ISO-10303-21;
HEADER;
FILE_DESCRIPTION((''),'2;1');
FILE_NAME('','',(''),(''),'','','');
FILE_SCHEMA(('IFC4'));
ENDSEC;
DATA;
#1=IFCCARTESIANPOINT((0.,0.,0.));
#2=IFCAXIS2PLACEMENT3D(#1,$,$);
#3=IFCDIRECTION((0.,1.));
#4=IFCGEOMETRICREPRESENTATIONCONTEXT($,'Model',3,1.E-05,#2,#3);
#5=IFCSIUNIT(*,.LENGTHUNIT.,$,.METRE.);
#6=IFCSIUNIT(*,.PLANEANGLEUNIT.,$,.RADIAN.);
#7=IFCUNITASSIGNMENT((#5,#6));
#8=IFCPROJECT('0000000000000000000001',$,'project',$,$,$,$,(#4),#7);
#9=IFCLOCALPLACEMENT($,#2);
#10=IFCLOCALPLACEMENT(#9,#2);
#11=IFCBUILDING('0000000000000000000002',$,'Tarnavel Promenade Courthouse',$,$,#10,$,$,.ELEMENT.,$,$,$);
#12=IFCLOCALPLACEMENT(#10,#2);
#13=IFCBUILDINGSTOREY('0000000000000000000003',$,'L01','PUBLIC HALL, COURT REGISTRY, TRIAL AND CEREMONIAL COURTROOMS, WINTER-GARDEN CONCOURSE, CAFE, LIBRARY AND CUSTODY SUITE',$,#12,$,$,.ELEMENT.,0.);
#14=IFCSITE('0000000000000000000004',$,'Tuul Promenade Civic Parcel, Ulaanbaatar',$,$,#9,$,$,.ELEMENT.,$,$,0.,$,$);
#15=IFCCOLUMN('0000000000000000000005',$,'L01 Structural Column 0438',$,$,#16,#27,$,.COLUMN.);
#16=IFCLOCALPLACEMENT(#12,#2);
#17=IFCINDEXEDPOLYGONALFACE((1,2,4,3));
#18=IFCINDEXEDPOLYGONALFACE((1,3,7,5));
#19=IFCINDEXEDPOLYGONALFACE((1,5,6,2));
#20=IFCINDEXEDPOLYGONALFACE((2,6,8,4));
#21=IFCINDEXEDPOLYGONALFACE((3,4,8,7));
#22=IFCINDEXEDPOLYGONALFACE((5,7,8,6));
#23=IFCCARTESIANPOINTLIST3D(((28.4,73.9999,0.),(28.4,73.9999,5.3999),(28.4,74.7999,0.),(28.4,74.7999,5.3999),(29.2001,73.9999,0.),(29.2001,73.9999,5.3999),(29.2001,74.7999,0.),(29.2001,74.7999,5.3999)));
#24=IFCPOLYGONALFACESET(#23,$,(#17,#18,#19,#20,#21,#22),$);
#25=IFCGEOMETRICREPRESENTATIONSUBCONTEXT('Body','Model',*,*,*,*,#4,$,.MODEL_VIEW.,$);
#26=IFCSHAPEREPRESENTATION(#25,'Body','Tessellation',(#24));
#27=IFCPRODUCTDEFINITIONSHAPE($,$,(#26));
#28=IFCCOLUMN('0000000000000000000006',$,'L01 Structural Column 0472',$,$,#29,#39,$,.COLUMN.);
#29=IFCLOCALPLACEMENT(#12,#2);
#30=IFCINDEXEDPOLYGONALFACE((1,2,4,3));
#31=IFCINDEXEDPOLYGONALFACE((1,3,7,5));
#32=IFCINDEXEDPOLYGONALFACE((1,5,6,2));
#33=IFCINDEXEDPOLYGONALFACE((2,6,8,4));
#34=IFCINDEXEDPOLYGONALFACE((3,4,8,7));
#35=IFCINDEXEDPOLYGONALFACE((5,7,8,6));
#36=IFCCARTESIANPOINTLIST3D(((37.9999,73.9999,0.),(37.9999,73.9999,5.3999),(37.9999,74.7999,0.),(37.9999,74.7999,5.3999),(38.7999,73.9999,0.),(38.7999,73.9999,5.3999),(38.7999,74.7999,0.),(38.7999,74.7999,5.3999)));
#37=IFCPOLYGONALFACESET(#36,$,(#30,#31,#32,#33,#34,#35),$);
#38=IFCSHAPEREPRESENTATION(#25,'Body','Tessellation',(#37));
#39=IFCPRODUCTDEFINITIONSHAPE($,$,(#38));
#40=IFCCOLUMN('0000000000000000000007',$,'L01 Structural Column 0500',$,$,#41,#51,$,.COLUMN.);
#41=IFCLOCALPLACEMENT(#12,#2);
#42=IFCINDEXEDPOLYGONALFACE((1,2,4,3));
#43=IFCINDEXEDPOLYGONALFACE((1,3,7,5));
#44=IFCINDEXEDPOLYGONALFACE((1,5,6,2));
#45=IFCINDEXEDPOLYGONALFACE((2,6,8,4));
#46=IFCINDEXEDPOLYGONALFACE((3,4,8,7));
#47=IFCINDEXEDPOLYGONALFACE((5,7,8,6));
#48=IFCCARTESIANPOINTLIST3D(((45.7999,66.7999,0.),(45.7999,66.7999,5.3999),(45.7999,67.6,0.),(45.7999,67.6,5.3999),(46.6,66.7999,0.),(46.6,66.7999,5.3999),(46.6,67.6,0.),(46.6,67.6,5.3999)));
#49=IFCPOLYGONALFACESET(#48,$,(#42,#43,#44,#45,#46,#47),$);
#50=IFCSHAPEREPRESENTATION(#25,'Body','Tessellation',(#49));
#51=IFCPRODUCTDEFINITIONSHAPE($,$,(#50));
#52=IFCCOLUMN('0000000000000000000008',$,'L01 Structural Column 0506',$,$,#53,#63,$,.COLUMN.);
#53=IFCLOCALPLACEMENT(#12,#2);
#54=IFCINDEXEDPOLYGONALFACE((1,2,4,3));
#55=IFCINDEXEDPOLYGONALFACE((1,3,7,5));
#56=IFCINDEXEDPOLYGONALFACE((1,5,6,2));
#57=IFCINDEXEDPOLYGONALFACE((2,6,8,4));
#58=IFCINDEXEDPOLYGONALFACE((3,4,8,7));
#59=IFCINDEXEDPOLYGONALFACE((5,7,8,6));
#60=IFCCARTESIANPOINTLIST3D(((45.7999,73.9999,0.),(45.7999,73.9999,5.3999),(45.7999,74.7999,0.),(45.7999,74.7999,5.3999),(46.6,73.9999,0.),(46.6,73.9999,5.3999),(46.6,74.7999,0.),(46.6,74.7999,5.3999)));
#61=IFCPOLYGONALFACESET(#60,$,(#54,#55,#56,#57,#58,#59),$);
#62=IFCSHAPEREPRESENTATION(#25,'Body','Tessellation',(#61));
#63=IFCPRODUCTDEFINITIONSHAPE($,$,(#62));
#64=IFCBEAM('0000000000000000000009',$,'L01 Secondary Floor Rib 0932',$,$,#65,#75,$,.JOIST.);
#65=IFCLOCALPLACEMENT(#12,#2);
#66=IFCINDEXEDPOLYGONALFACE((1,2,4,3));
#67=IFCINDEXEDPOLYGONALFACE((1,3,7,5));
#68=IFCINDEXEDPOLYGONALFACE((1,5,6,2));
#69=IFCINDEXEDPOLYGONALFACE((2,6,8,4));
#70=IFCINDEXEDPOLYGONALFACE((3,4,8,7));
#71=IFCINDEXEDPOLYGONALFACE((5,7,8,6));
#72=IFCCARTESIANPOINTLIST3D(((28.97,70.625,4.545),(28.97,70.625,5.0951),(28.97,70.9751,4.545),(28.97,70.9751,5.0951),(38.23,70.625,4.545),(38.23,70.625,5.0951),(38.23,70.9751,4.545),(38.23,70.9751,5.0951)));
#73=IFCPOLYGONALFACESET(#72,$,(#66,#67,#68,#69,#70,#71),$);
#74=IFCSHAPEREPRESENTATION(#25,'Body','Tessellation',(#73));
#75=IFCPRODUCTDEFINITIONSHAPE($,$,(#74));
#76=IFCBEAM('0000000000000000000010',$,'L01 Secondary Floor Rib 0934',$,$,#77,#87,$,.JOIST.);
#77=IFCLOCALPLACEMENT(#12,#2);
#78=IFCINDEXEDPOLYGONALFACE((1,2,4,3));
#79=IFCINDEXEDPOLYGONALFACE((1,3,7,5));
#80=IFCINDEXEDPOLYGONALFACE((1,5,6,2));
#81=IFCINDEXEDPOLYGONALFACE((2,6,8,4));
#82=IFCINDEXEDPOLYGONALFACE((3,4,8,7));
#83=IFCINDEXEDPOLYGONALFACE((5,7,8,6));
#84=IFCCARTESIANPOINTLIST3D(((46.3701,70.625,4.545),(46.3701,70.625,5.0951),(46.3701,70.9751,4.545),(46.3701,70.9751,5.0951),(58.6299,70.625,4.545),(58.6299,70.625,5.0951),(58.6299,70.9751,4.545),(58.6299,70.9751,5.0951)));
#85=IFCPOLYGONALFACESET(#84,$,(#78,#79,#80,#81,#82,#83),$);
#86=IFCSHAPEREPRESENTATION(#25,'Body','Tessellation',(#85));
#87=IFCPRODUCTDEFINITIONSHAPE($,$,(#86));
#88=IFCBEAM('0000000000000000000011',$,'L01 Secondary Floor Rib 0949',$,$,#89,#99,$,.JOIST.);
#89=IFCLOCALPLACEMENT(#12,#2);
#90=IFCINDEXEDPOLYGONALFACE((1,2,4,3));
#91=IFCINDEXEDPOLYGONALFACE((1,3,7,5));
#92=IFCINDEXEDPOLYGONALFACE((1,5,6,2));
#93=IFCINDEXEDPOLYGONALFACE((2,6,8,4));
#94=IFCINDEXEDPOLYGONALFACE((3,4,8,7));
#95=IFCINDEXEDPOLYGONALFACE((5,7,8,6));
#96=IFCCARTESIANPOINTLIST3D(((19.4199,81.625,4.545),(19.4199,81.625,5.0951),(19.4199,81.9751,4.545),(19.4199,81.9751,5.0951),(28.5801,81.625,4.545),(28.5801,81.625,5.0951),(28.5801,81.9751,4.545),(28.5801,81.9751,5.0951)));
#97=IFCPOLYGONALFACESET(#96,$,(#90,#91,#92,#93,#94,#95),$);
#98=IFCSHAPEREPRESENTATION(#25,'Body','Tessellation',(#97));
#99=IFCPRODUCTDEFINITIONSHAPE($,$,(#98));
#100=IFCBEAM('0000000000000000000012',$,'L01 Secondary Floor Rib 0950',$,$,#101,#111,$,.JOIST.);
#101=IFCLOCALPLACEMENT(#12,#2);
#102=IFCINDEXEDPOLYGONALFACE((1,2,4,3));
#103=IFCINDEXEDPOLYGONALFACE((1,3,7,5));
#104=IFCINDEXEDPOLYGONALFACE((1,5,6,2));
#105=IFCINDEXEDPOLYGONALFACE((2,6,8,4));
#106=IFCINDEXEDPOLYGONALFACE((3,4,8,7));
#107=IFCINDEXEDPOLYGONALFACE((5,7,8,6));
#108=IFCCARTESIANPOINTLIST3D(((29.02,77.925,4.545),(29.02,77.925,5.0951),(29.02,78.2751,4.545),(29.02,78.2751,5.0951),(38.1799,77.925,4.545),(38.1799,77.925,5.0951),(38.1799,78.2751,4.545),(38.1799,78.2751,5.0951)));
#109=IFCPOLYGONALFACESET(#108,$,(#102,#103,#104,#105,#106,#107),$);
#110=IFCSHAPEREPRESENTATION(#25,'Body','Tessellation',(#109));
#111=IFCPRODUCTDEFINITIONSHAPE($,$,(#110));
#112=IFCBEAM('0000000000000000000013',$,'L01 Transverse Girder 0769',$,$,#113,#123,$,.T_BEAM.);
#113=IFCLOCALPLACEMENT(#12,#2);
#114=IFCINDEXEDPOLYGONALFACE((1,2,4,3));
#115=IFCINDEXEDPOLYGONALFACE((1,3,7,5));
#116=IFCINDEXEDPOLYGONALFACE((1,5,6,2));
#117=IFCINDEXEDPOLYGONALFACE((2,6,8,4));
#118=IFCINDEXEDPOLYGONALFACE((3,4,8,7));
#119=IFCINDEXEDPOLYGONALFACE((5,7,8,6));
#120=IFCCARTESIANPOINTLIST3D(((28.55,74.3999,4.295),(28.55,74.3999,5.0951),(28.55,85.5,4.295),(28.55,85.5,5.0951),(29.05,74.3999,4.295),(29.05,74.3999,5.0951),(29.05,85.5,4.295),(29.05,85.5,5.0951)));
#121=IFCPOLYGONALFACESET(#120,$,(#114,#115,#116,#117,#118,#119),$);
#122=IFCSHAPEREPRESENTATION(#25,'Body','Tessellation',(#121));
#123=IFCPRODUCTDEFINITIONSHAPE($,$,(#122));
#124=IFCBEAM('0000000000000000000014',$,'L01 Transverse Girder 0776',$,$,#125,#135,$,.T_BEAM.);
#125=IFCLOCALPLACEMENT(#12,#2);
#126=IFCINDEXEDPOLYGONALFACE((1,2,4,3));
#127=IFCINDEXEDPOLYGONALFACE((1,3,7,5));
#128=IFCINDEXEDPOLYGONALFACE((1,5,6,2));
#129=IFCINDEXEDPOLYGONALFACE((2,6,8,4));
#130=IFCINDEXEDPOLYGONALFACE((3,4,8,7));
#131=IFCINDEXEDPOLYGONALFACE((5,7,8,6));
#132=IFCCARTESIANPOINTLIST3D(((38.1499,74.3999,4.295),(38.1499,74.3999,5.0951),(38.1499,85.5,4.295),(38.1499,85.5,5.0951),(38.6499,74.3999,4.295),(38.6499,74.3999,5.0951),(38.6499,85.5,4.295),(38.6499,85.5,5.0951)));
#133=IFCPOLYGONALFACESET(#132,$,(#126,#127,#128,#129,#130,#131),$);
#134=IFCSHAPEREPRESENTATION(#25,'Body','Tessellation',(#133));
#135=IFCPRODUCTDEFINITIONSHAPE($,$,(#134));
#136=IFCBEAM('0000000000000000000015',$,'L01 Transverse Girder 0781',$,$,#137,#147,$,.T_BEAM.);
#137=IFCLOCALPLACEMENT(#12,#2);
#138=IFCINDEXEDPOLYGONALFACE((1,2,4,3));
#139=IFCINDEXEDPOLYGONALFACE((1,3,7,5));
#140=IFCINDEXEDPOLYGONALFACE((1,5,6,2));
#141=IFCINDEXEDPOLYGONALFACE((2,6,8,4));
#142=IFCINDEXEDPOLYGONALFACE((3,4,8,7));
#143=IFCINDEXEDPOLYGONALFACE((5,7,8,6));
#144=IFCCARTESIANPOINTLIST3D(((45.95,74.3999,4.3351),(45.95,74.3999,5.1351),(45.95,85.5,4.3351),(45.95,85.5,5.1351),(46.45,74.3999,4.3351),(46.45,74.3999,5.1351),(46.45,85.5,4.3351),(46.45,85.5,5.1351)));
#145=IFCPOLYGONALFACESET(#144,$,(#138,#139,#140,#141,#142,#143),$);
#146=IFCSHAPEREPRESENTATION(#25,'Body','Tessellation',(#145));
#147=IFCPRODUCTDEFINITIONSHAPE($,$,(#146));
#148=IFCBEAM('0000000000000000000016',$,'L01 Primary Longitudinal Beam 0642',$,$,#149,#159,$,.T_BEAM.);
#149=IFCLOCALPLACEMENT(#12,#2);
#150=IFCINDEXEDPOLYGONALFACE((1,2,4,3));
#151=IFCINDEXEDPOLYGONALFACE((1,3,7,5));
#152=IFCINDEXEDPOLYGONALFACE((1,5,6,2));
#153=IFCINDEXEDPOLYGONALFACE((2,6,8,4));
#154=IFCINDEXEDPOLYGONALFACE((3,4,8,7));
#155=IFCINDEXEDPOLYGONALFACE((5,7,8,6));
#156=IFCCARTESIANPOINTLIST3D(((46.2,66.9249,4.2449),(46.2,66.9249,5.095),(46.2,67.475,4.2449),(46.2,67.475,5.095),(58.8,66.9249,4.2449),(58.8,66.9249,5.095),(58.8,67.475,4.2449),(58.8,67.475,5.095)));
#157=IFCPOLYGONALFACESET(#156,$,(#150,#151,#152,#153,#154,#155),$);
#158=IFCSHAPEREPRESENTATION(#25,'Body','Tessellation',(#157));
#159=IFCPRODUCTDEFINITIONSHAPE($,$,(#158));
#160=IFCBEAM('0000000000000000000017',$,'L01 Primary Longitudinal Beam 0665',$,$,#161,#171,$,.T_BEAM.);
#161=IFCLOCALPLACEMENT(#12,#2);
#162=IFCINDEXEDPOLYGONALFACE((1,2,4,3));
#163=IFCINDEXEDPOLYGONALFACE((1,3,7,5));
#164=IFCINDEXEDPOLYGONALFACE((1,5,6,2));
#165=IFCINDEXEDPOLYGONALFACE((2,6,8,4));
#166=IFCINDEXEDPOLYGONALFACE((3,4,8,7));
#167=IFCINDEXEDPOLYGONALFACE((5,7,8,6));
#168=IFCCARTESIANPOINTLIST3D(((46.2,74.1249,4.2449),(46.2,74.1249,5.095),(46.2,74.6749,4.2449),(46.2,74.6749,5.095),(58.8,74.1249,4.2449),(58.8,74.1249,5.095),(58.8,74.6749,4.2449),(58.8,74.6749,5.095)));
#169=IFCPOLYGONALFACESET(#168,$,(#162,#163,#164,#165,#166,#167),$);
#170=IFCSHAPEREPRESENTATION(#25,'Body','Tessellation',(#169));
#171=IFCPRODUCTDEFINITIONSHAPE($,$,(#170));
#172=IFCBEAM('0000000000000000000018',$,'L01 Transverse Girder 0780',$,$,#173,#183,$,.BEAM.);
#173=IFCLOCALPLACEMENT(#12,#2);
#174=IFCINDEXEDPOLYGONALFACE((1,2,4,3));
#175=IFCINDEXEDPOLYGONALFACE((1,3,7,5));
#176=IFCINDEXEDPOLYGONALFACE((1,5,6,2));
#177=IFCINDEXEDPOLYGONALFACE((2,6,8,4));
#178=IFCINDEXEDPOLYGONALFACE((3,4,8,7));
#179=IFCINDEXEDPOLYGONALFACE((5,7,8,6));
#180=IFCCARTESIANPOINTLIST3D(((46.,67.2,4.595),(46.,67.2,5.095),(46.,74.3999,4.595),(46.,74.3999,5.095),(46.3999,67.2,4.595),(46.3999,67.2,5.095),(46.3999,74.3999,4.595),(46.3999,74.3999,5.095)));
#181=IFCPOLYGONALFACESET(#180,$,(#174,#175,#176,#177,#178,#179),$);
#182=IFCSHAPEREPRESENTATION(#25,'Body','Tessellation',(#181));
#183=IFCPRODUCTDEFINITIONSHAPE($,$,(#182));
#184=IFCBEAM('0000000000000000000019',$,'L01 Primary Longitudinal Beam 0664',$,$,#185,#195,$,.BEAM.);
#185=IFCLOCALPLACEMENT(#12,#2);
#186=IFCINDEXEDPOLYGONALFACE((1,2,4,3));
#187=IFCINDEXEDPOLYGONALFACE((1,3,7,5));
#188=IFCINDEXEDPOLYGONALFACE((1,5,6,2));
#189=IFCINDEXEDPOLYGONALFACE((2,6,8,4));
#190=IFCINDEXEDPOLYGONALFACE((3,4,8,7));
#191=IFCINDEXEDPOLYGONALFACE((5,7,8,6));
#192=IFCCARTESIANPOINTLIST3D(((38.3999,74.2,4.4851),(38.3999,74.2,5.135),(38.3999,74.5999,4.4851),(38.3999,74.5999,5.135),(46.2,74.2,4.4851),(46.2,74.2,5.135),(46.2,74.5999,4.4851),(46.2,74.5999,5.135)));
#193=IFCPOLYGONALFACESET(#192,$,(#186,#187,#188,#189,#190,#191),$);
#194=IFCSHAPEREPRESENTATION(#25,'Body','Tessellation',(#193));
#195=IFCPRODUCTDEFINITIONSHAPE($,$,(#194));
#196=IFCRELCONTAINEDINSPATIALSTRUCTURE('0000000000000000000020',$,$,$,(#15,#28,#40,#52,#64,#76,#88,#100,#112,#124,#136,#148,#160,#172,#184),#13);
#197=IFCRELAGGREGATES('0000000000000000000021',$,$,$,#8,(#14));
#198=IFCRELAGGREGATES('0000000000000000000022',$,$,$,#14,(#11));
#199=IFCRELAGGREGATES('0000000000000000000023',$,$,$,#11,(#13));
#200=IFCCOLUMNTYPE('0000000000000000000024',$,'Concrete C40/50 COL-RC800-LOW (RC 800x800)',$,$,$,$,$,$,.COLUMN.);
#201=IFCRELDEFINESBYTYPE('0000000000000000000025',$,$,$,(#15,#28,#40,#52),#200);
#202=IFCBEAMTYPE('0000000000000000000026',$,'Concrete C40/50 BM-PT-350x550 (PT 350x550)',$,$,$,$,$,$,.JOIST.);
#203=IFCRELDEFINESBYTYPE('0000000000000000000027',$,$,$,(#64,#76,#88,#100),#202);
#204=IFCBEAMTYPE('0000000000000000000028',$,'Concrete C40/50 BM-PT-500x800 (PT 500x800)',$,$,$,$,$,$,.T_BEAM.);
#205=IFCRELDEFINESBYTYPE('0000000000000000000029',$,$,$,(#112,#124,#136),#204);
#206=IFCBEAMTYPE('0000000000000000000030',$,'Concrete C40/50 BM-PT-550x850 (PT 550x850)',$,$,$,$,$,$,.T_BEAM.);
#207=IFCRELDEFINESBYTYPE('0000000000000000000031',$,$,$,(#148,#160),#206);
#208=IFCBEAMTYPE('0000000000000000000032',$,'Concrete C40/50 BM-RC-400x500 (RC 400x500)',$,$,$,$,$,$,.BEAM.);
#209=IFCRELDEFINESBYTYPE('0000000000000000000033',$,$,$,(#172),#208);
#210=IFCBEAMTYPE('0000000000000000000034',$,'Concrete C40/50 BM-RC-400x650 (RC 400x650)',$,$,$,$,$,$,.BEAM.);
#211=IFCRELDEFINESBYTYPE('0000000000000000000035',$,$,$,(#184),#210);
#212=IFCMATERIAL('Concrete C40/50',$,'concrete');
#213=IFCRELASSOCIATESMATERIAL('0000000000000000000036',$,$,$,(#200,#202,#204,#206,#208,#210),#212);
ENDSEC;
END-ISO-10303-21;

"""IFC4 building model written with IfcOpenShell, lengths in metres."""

from ifc_helpers import new_model, si_unit, direction, frame, origin, origin_2d, place, context, subcontext, project, spatial, rectangle, extrude, material, material_profile, profile_set, type_object, element, save


model = new_model("IFC4")

# Units and contexts
model_context = context("Model", 3, precision=1e-05, world=origin(), true_north=direction((0.0, 1.0)))
body_context = subcontext(model_context, "Body", "Model", "MODEL_VIEW")
ifc_project = project(units=[si_unit("LENGTHUNIT", "METRE"), si_unit("PLANEANGLEUNIT", "RADIAN")], contexts=[model_context])

# Site, building, storey
site_placement = place(None, origin())
site = spatial("IfcSite", under=ifc_project, at=site_placement, Name="Tuul Promenade Civic Parcel, Ulaanbaatar", CompositionType="ELEMENT", RefElevation=0.0)
building_placement = place(site_placement, origin())
building = spatial("IfcBuilding", under=site, at=building_placement, Name="Tarnavel Promenade Courthouse", CompositionType="ELEMENT")
storey_placement = place(building_placement, origin())
storey = spatial("IfcBuildingStorey", under=building, at=storey_placement, Name="L01", Description="PUBLIC HALL, COURT REGISTRY, TRIAL AND CEREMONIAL COURTROOMS, WINTER-GARDEN CONCOURSE, CAFE, LIBRARY AND CUSTODY SUITE", CompositionType="ELEMENT", Elevation=0.0)

# Columns
ifc_material_1 = material(Name="Concrete C40/50", Category="concrete")
ifc_material_profile_1 = material_profile(ifc_material_1, rectangle(XDim=0.8, YDim=0.8, at=origin_2d()), Name="RC 800x800")
ifc_profile_set_1 = profile_set([ifc_material_profile_1], Name="Concrete C40/50")
column_type = type_object("IfcColumnType", Name="Concrete C40/50 COL-RC800-LOW (RC 800x800)", PredefinedType="COLUMN", material=ifc_profile_set_1)
for number, where, z_axis, x_axis, name in (
    (1, (28.8, 74.3999, 0.0), (0.0, 0.0, 1.0), (1.0, 0.0, 0.0), "L01 Structural Column 0438"),
    (2, (38.3999, 74.3999, 0.0), (0.0, 0.0, 1.0), (1.0, 0.0, 0.0), "L01 Structural Column 0472"),
    (3, (46.2, 67.2, 0.0), (0.0, 0.0, 1.0), (1.0, 0.0, 0.0), "L01 Structural Column 0500"),
    (4, (46.2, 74.3999, 0.0), (0.0, 0.0, 1.0), (1.0, 0.0, 0.0), "L01 Structural Column 0506"),
):
    element("IfcColumn", number, at=place(storey_placement, frame(where, z_axis=z_axis, x_axis=x_axis)), inside=storey, type_object=column_type, Name=name, PredefinedType="COLUMN", context=body_context, shape_type="SweptSolid", body=[
        extrude(rectangle(XDim=0.8, YDim=0.8, at=origin_2d()), origin(), (0.0, 0.0, 1.0), 5.3999),
    ])

# Beams
ifc_material_profile_2 = material_profile(ifc_material_1, rectangle(XDim=0.3501, YDim=0.55, at=origin_2d()), Name="PT 350x550")
ifc_profile_set_2 = profile_set([ifc_material_profile_2], Name="Concrete C40/50")
beam_type_1 = type_object("IfcBeamType", Name="Concrete C40/50 BM-PT-350x550 (PT 350x550)", PredefinedType="JOIST", material=ifc_profile_set_2)
beam_1_placement = place(storey_placement, frame((28.97, 70.8, 4.8201), z_axis=(1.0, 0.0, 0.0), x_axis=(0.0, 1.0, 0.0)))
element("IfcBeam", 5, at=beam_1_placement, inside=storey, type_object=beam_type_1, Name="L01 Secondary Floor Rib 0932", PredefinedType="JOIST", context=body_context, shape_type="SweptSolid", body=[
    extrude(rectangle(XDim=0.3501, YDim=0.55, at=origin_2d()), origin(), (0.0, 0.0, 1.0), 9.26),
])
beam_2_placement = place(storey_placement, frame((46.3701, 70.8, 4.8201), z_axis=(1.0, 0.0, 0.0), x_axis=(0.0, 1.0, 0.0)))
element("IfcBeam", 6, at=beam_2_placement, inside=storey, type_object=beam_type_1, Name="L01 Secondary Floor Rib 0934", PredefinedType="JOIST", context=body_context, shape_type="SweptSolid", body=[
    extrude(rectangle(XDim=0.3501, YDim=0.55, at=origin_2d()), origin(), (0.0, 0.0, 1.0), 12.2598),
])
beam_3_placement = place(storey_placement, frame((19.4199, 81.8, 4.8201), z_axis=(1.0, 0.0, 0.0), x_axis=(0.0, 1.0, 0.0)))
element("IfcBeam", 7, at=beam_3_placement, inside=storey, type_object=beam_type_1, Name="L01 Secondary Floor Rib 0949", PredefinedType="JOIST", context=body_context, shape_type="SweptSolid", body=[
    extrude(rectangle(XDim=0.3501, YDim=0.55, at=origin_2d()), origin(), (0.0, 0.0, 1.0), 9.1602),
])
beam_4_placement = place(storey_placement, frame((29.02, 78.1001, 4.8201), z_axis=(1.0, 0.0, 0.0), x_axis=(0.0, 1.0, 0.0)))
element("IfcBeam", 8, at=beam_4_placement, inside=storey, type_object=beam_type_1, Name="L01 Secondary Floor Rib 0950", PredefinedType="JOIST", context=body_context, shape_type="SweptSolid", body=[
    extrude(rectangle(XDim=0.3501, YDim=0.55, at=origin_2d()), origin(), (0.0, 0.0, 1.0), 9.1599),
])
ifc_material_profile_3 = material_profile(ifc_material_1, rectangle(XDim=0.5, YDim=0.8, at=origin_2d()), Name="PT 500x800")
ifc_profile_set_3 = profile_set([ifc_material_profile_3], Name="Concrete C40/50")
beam_type_2 = type_object("IfcBeamType", Name="Concrete C40/50 BM-PT-500x800 (PT 500x800)", PredefinedType="T_BEAM", material=ifc_profile_set_3)
for number, where, z_axis, x_axis, name in (
    (9, (28.8, 74.3999, 4.6951), (0.0, 1.0, 0.0), (-1.0, 0.0, 0.0), "L01 Transverse Girder 0769"),
    (10, (38.3999, 74.3999, 4.6951), (0.0, 1.0, 0.0), (-1.0, 0.0, 0.0), "L01 Transverse Girder 0776"),
    (11, (46.2, 74.3999, 4.7351), (0.0, 1.0, 0.0), (-1.0, 0.0, 0.0), "L01 Transverse Girder 0781"),
):
    element("IfcBeam", number, at=place(storey_placement, frame(where, z_axis=z_axis, x_axis=x_axis)), inside=storey, type_object=beam_type_2, Name=name, PredefinedType="T_BEAM", context=body_context, shape_type="SweptSolid", body=[
        extrude(rectangle(XDim=0.5, YDim=0.8, at=origin_2d()), origin(), (0.0, 0.0, 1.0), 11.1001),
    ])
ifc_material_profile_4 = material_profile(ifc_material_1, rectangle(XDim=0.55, YDim=0.8501, at=origin_2d()), Name="PT 550x850")
ifc_profile_set_4 = profile_set([ifc_material_profile_4], Name="Concrete C40/50")
beam_type_3 = type_object("IfcBeamType", Name="Concrete C40/50 BM-PT-550x850 (PT 550x850)", PredefinedType="T_BEAM", material=ifc_profile_set_4)
for number, where, z_axis, x_axis, name in (
    (12, (46.2, 67.2, 4.6699), (1.0, 0.0, 0.0), (0.0, 1.0, 0.0), "L01 Primary Longitudinal Beam 0642"),
    (13, (46.2, 74.3999, 4.6699), (1.0, 0.0, 0.0), (0.0, 1.0, 0.0), "L01 Primary Longitudinal Beam 0665"),
):
    element("IfcBeam", number, at=place(storey_placement, frame(where, z_axis=z_axis, x_axis=x_axis)), inside=storey, type_object=beam_type_3, Name=name, PredefinedType="T_BEAM", context=body_context, shape_type="SweptSolid", body=[
        extrude(rectangle(XDim=0.55, YDim=0.8501, at=origin_2d()), origin(), (0.0, 0.0, 1.0), 12.6001),
    ])
ifc_material_profile_5 = material_profile(ifc_material_1, rectangle(XDim=0.3999, YDim=0.5, at=origin_2d()), Name="RC 400x500")
ifc_profile_set_5 = profile_set([ifc_material_profile_5], Name="Concrete C40/50")
beam_type_4 = type_object("IfcBeamType", Name="Concrete C40/50 BM-RC-400x500 (RC 400x500)", PredefinedType="BEAM", material=ifc_profile_set_5)
beam_5_placement = place(storey_placement, frame((46.2, 67.2, 4.845), z_axis=(0.0, 1.0, 0.0), x_axis=(-1.0, 0.0, 0.0)))
element("IfcBeam", 14, at=beam_5_placement, inside=storey, type_object=beam_type_4, Name="L01 Transverse Girder 0780", PredefinedType="BEAM", context=body_context, shape_type="SweptSolid", body=[
    extrude(rectangle(XDim=0.3999, YDim=0.5, at=origin_2d()), origin(), (0.0, 0.0, 1.0), 7.2),
])
ifc_material_profile_6 = material_profile(ifc_material_1, rectangle(XDim=0.3999, YDim=0.6499, at=origin_2d()), Name="RC 400x650")
ifc_profile_set_6 = profile_set([ifc_material_profile_6], Name="Concrete C40/50")
beam_type_5 = type_object("IfcBeamType", Name="Concrete C40/50 BM-RC-400x650 (RC 400x650)", PredefinedType="BEAM", material=ifc_profile_set_6)
beam_6_placement = place(storey_placement, frame((38.3999, 74.3999, 4.8101), z_axis=(1.0, 0.0, 0.0), x_axis=(0.0, 1.0, 0.0)))
element("IfcBeam", 15, at=beam_6_placement, inside=storey, type_object=beam_type_5, Name="L01 Primary Longitudinal Beam 0664", PredefinedType="BEAM", context=body_context, shape_type="SweptSolid", body=[
    extrude(rectangle(XDim=0.3999, YDim=0.6499, at=origin_2d()), origin(), (0.0, 0.0, 1.0), 7.8),
])

save(model, "model.ifc")
